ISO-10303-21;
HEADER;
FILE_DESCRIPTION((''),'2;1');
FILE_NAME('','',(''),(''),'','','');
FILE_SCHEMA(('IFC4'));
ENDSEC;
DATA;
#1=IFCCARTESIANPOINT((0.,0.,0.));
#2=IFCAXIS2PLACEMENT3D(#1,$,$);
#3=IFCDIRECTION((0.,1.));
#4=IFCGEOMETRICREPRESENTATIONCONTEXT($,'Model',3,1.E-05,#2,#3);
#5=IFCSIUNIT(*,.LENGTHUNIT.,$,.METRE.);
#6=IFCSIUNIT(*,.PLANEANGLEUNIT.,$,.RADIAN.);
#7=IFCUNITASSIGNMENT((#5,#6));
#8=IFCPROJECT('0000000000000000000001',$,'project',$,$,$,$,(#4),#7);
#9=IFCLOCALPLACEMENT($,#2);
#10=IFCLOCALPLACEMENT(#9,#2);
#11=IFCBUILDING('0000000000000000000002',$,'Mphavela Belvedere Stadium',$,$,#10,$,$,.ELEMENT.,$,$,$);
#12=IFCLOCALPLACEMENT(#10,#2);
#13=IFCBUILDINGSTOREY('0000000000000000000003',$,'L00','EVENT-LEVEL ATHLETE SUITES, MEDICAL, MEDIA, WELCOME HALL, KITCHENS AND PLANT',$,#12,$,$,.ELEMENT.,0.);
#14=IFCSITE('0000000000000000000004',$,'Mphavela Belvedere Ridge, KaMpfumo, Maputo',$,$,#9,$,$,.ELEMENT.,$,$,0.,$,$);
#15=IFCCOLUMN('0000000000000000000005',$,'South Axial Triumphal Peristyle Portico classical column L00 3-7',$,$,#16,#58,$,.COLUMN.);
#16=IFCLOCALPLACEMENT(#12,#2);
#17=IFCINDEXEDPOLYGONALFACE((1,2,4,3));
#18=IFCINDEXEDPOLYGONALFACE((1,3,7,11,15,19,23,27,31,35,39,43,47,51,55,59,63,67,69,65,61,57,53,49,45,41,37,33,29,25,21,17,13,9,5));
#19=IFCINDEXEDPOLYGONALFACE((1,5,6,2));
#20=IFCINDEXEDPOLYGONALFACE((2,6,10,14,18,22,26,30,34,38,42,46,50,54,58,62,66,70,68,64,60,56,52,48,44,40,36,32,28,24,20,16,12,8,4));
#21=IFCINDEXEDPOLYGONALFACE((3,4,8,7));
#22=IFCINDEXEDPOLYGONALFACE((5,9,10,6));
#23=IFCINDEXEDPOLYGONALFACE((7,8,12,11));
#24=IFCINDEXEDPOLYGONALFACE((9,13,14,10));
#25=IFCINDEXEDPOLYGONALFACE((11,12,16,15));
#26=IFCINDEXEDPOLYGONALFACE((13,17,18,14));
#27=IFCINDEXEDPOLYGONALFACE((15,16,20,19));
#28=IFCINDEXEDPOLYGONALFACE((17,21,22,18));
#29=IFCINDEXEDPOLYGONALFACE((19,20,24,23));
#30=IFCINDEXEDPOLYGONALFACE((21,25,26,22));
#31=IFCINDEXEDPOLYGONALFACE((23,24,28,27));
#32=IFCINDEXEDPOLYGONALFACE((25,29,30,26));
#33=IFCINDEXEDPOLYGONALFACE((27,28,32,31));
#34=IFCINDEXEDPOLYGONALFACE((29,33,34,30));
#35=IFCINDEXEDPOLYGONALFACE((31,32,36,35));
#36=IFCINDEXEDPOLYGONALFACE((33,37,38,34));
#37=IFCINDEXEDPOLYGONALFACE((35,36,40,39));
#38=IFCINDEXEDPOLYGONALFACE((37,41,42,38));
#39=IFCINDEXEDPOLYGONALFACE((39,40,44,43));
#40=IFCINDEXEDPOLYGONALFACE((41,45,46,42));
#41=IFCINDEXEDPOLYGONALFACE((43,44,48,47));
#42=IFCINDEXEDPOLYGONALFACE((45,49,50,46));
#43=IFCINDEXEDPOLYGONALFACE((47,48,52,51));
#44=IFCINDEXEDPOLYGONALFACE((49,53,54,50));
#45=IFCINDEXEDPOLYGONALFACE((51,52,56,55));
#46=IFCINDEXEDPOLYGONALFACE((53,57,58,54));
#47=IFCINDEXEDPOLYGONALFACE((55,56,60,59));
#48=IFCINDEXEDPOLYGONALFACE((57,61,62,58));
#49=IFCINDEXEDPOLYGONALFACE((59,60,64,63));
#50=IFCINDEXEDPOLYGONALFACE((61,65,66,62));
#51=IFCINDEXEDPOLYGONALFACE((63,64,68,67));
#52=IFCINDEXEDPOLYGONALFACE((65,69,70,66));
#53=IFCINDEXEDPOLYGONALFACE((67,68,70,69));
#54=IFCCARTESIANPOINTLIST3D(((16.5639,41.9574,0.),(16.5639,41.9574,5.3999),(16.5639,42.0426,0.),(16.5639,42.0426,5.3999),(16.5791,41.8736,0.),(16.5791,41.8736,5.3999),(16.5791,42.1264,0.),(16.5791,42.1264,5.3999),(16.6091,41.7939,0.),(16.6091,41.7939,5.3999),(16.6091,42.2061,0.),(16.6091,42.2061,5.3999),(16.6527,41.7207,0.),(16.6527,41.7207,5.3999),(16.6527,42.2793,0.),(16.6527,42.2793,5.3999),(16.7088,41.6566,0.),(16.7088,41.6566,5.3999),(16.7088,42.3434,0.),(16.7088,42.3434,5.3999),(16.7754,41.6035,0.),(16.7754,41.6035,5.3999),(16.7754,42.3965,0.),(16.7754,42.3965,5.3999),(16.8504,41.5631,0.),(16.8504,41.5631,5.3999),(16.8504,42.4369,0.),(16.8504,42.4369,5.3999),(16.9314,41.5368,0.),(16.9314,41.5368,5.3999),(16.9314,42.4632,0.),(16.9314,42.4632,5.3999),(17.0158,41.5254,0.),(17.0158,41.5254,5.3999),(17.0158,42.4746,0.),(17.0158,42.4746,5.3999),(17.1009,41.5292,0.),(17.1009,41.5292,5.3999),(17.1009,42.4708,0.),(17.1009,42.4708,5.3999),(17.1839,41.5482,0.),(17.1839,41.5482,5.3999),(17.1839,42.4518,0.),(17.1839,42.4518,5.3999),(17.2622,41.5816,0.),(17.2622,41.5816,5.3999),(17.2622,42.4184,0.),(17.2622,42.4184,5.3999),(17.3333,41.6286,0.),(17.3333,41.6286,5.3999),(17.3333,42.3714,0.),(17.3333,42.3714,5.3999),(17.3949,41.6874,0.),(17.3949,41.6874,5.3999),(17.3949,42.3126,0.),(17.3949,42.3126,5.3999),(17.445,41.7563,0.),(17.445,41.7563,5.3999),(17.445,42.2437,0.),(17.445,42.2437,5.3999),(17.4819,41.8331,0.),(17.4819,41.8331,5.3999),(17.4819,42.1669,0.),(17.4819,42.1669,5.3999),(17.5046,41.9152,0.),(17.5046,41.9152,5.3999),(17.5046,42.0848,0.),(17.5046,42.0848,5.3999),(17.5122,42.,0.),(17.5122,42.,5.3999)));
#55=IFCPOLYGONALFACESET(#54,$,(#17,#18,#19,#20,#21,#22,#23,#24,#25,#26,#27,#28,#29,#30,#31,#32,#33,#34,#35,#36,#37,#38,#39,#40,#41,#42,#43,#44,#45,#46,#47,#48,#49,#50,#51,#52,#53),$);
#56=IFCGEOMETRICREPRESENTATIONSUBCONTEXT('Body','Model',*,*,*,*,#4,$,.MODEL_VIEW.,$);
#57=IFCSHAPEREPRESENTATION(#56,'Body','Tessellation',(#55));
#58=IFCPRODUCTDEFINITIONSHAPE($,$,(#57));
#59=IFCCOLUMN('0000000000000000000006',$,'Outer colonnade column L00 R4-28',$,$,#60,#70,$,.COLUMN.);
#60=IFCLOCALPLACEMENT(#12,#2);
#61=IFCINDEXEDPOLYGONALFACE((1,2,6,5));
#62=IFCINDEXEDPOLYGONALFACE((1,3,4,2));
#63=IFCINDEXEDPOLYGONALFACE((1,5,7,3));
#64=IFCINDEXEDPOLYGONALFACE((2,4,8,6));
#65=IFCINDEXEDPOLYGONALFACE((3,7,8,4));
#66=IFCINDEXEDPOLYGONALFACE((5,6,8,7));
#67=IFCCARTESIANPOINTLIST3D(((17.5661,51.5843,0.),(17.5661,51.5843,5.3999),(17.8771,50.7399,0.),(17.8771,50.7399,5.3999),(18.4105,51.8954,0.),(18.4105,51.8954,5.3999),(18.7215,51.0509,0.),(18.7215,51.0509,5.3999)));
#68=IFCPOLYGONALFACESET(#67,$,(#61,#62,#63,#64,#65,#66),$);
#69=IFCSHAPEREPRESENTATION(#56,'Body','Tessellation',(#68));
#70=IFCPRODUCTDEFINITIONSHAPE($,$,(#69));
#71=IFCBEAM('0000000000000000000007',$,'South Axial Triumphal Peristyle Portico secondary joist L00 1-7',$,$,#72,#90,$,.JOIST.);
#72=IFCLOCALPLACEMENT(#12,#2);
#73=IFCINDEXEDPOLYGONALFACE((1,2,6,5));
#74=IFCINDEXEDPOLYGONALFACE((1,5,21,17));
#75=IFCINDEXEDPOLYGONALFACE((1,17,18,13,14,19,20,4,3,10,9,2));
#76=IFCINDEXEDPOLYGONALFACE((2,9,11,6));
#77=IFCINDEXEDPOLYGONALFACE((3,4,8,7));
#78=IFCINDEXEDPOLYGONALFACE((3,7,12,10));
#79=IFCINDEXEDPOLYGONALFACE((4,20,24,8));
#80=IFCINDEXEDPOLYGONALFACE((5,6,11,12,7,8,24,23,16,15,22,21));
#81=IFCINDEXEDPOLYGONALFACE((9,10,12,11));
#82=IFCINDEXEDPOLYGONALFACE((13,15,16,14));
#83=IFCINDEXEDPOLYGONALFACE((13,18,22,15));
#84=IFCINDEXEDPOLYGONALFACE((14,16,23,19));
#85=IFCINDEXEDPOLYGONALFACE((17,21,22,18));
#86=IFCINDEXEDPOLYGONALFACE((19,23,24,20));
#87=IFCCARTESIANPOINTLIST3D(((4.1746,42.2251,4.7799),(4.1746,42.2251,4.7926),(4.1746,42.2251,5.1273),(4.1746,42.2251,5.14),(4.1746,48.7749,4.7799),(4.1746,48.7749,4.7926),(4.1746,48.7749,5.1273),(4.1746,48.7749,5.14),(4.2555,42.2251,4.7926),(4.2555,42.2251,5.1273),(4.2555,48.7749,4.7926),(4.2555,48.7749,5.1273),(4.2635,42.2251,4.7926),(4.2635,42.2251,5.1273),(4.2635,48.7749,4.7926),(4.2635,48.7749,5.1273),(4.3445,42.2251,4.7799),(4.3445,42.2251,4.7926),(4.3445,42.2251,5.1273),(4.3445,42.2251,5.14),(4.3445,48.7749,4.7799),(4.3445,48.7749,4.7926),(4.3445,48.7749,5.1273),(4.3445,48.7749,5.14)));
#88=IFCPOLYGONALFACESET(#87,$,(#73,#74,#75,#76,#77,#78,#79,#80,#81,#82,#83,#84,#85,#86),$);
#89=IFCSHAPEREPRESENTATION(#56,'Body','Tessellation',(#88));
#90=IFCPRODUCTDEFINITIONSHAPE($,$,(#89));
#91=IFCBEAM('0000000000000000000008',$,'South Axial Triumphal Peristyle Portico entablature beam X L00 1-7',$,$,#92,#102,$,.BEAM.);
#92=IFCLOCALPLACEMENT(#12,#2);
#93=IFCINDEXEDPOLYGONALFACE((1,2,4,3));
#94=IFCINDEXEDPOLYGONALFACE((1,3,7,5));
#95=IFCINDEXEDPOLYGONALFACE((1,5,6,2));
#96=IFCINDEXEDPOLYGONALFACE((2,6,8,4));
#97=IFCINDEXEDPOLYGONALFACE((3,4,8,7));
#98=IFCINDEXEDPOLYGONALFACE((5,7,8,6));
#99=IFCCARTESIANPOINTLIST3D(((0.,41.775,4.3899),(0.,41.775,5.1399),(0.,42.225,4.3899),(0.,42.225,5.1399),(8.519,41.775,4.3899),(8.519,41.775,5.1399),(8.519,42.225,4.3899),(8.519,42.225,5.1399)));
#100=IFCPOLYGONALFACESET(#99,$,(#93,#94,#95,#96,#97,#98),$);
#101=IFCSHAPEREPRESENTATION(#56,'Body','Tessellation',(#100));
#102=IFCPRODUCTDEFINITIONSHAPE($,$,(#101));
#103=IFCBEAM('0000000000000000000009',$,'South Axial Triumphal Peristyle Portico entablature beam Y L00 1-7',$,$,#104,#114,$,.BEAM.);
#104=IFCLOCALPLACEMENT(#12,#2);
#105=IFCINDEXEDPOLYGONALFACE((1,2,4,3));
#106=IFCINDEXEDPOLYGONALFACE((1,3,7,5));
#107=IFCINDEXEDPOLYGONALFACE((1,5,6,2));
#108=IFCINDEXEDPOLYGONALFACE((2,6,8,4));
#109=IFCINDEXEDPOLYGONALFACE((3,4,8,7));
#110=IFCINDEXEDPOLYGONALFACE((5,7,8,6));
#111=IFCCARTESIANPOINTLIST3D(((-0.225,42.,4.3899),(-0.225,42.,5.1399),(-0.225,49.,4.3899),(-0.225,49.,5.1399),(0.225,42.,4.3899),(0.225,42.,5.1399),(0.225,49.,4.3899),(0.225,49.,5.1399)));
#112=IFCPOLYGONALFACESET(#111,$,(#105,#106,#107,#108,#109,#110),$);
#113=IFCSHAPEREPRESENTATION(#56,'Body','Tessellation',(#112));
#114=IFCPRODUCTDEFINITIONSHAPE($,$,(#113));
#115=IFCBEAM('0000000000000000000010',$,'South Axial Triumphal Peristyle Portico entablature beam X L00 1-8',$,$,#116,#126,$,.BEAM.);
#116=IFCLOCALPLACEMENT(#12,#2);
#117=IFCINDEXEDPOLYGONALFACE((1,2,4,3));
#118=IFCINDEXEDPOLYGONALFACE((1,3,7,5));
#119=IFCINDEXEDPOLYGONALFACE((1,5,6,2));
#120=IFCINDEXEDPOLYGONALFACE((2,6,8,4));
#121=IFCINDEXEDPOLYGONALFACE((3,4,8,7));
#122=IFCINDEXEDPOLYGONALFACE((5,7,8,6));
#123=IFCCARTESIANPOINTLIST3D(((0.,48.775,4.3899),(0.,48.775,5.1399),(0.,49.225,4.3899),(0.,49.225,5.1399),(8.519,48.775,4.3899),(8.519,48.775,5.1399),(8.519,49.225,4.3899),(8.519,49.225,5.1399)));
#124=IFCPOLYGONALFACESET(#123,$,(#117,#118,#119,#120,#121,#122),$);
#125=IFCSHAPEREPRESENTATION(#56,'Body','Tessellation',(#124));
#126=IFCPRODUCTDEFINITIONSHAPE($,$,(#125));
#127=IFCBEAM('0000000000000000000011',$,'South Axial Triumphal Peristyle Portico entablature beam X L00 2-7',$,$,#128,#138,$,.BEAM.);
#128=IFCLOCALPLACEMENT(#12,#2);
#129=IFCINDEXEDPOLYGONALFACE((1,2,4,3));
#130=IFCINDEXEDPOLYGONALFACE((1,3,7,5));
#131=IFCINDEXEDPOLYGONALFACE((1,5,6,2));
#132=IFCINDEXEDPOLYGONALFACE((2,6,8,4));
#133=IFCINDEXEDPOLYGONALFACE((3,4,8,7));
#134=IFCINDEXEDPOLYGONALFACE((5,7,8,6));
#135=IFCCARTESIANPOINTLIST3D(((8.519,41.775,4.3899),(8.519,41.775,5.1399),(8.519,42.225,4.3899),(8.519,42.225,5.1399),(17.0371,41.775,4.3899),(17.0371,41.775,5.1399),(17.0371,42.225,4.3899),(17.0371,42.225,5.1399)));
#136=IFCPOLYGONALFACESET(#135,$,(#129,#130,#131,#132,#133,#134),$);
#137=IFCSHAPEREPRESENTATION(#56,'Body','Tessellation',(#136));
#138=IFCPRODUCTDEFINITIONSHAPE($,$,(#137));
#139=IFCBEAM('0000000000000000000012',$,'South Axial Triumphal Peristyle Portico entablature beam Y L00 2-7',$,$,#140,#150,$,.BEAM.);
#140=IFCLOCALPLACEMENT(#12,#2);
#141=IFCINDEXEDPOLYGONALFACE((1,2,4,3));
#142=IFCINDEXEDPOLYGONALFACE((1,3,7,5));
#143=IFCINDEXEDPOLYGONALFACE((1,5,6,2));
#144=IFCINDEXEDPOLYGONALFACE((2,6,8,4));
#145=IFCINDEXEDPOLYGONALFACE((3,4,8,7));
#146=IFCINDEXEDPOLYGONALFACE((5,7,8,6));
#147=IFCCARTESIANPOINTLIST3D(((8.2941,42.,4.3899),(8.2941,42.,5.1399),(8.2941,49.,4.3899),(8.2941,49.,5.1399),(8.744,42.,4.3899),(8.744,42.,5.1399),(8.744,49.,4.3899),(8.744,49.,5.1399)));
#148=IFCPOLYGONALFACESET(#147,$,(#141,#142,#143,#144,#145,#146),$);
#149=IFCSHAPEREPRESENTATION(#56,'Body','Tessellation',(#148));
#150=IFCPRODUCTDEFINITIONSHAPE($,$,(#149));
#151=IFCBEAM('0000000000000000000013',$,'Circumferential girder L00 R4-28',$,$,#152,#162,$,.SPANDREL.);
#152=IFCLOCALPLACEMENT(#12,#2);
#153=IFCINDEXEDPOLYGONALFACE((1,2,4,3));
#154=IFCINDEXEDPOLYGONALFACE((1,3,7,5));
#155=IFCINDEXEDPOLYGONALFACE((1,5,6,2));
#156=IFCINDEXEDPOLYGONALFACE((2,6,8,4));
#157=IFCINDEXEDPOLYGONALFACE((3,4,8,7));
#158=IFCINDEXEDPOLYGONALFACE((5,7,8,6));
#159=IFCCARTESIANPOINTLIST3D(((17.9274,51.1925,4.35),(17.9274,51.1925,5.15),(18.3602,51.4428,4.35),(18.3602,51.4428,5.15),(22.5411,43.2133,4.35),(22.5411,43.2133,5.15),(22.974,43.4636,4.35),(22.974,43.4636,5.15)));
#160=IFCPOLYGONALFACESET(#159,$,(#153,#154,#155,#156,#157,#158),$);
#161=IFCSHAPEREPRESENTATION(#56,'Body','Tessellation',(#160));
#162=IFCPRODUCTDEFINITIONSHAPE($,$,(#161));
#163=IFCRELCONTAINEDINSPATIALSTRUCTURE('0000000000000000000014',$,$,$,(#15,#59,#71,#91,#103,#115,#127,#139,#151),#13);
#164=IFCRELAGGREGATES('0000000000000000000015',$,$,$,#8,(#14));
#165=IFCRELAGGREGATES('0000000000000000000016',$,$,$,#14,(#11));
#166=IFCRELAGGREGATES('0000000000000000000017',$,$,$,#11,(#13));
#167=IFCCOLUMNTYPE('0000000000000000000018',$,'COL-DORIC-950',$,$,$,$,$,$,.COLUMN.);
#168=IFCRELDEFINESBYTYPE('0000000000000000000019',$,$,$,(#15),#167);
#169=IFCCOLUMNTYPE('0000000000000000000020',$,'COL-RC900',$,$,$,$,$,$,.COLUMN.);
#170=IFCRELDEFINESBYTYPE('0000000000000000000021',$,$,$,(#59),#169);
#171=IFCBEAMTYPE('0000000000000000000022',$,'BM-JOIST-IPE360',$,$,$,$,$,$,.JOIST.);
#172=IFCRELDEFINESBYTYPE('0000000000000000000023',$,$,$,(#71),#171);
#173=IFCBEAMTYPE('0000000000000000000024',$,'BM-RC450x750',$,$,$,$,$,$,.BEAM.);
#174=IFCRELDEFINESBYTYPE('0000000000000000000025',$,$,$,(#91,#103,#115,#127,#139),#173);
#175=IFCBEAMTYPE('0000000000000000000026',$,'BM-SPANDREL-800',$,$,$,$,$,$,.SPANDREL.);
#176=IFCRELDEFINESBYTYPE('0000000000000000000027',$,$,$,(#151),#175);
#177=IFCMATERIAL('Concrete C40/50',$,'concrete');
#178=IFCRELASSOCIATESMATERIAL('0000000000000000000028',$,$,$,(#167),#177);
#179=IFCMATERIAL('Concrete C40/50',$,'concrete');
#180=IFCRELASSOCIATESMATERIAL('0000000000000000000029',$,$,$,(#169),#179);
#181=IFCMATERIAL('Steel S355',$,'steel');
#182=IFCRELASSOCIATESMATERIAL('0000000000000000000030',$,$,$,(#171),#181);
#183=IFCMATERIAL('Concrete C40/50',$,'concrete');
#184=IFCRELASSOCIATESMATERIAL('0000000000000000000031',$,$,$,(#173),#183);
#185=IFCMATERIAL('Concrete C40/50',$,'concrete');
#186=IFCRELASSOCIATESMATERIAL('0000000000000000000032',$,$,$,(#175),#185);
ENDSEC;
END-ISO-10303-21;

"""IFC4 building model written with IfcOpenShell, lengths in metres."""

from ifc_helpers import new_model, si_unit, direction, frame, origin, origin_2d, place, context, subcontext, project, spatial, rectangle, circle, i_section, extrude, material, material_profile, profile_set, type_object, element, save


model = new_model("IFC4")

# Units and contexts
model_context = context("Model", 3, precision=1e-05, world=origin(), true_north=direction((0.0, 1.0)))
body_context = subcontext(model_context, "Body", "Model", "MODEL_VIEW")
ifc_project = project(units=[si_unit("LENGTHUNIT", "METRE"), si_unit("PLANEANGLEUNIT", "RADIAN")], contexts=[model_context])

# Site, building, storey
site_placement = place(None, origin())
site = spatial("IfcSite", under=ifc_project, at=site_placement, Name="Mphavela Belvedere Ridge, KaMpfumo, Maputo", CompositionType="ELEMENT", RefElevation=0.0)
building_placement = place(site_placement, origin())
building = spatial("IfcBuilding", under=site, at=building_placement, Name="Mphavela Belvedere Stadium", CompositionType="ELEMENT")
storey_placement = place(building_placement, origin())
storey = spatial("IfcBuildingStorey", under=building, at=storey_placement, Name="L00", Description="EVENT-LEVEL ATHLETE SUITES, MEDICAL, MEDIA, WELCOME HALL, KITCHENS AND PLANT", CompositionType="ELEMENT", Elevation=0.0)

# Columns
ifc_material_1 = material(Name="Concrete C40/50", Category="concrete")
ifc_material_profile_1 = material_profile(ifc_material_1, circle(Radius=0.4751, at=origin_2d()), Name="COL D950")
ifc_profile_set_1 = profile_set([ifc_material_profile_1], Name="Concrete C40/50")
column_type_1 = type_object("IfcColumnType", Name="COL-DORIC-950", PredefinedType="COLUMN", material=ifc_profile_set_1)
for number, where, z_axis, x_axis, name in (
    (1, (17.0371, 42.0, 0.0), (0.0, 0.0, 1.0), (1.0, 0.0, 0.0), "South Axial Triumphal Peristyle Portico classical column L00 3-7"),
):
    element("IfcColumn", number, at=place(storey_placement, frame(where, z_axis=z_axis, x_axis=x_axis)), inside=storey, type_object=column_type_1, Name=name, PredefinedType="COLUMN", context=body_context, shape_type="SweptSolid", body=[
        extrude(circle(Radius=0.4751, at=origin_2d()), origin(), (0.0, 0.0, 1.0), 5.3999),
    ])
ifc_material_2 = material(Name="Concrete C40/50", Category="concrete")
ifc_material_profile_2 = material_profile(ifc_material_2, rectangle(XDim=0.8999, YDim=0.8999, at=origin_2d()), Name="RC 900x900")
ifc_profile_set_2 = profile_set([ifc_material_profile_2], Name="Concrete C40/50")
column_type_2 = type_object("IfcColumnType", Name="COL-RC900", PredefinedType="COLUMN", material=ifc_profile_set_2)
column_placement = place(storey_placement, frame((18.1438, 51.3176, 0.0), z_axis=(0.0, 0.0, 1.0), x_axis=(-0.938372, -0.345626, 0.0)))
element("IfcColumn", 2, at=column_placement, inside=storey, type_object=column_type_2, Name="Outer colonnade column L00 R4-28", PredefinedType="COLUMN", context=body_context, shape_type="SweptSolid", body=[
    extrude(rectangle(XDim=0.8999, YDim=0.8999, at=origin_2d()), origin(), (0.0, 0.0, 1.0), 5.3999),
])

# Beams
ifc_material_3 = material(Name="Steel S355", Category="steel")
ifc_material_profile_3 = material_profile(ifc_material_3, i_section(OverallWidth=0.1699, OverallDepth=0.3601, WebThickness=0.0081, FlangeThickness=0.0127, at=origin_2d()), Name="IPE 360")
ifc_profile_set_3 = profile_set([ifc_material_profile_3], Name="Steel S355")
beam_type_1 = type_object("IfcBeamType", Name="BM-JOIST-IPE360", PredefinedType="JOIST", material=ifc_profile_set_3)
beam_1_placement = place(storey_placement, frame((4.2595, 42.2251, 4.96), z_axis=(0.0, 1.0, 0.0), x_axis=(-1.0, 0.0, 0.0)))
element("IfcBeam", 3, at=beam_1_placement, inside=storey, type_object=beam_type_1, Name="South Axial Triumphal Peristyle Portico secondary joist L00 1-7", PredefinedType="JOIST", context=body_context, shape_type="SweptSolid", body=[
    extrude(i_section(OverallWidth=0.1699, OverallDepth=0.3601, WebThickness=0.0081, FlangeThickness=0.0127, at=origin_2d()), origin(), (0.0, 0.0, 1.0), 6.5498),
])
ifc_material_4 = material(Name="Concrete C40/50", Category="concrete")
ifc_material_profile_4 = material_profile(ifc_material_4, rectangle(XDim=0.45, YDim=0.75, at=origin_2d()), Name="RC 450x750")
ifc_profile_set_4 = profile_set([ifc_material_profile_4], Name="Concrete C40/50")
beam_type_2 = type_object("IfcBeamType", Name="BM-RC450x750", PredefinedType="BEAM", material=ifc_profile_set_4)
beam_2_placement = place(storey_placement, frame((0.0, 42.0, 4.7649), z_axis=(1.0, 0.0, 0.0), x_axis=(0.0, 1.0, 0.0)))
element("IfcBeam", 4, at=beam_2_placement, inside=storey, type_object=beam_type_2, Name="South Axial Triumphal Peristyle Portico entablature beam X L00 1-7", PredefinedType="BEAM", context=body_context, shape_type="SweptSolid", body=[
    extrude(rectangle(XDim=0.45, YDim=0.75, at=origin_2d()), origin(), (0.0, 0.0, 1.0), 8.519),
])
beam_3_placement = place(storey_placement, frame((0.0, 42.0, 4.7649), z_axis=(0.0, 1.0, 0.0), x_axis=(-1.0, 0.0, 0.0)))
element("IfcBeam", 5, at=beam_3_placement, inside=storey, type_object=beam_type_2, Name="South Axial Triumphal Peristyle Portico entablature beam Y L00 1-7", PredefinedType="BEAM", context=body_context, shape_type="SweptSolid", body=[
    extrude(rectangle(XDim=0.45, YDim=0.75, at=origin_2d()), origin(), (0.0, 0.0, 1.0), 7.0),
])
beam_4_placement = place(storey_placement, frame((0.0, 49.0, 4.7649), z_axis=(1.0, 0.0, 0.0), x_axis=(0.0, 1.0, 0.0)))
element("IfcBeam", 6, at=beam_4_placement, inside=storey, type_object=beam_type_2, Name="South Axial Triumphal Peristyle Portico entablature beam X L00 1-8", PredefinedType="BEAM", context=body_context, shape_type="SweptSolid", body=[
    extrude(rectangle(XDim=0.45, YDim=0.75, at=origin_2d()), origin(), (0.0, 0.0, 1.0), 8.519),
])
beam_5_placement = place(storey_placement, frame((8.519, 42.0, 4.7649), z_axis=(1.0, 0.0, 0.0), x_axis=(0.0, 1.0, 0.0)))
element("IfcBeam", 7, at=beam_5_placement, inside=storey, type_object=beam_type_2, Name="South Axial Triumphal Peristyle Portico entablature beam X L00 2-7", PredefinedType="BEAM", context=body_context, shape_type="SweptSolid", body=[
    extrude(rectangle(XDim=0.45, YDim=0.75, at=origin_2d()), origin(), (0.0, 0.0, 1.0), 8.5181),
])
beam_6_placement = place(storey_placement, frame((8.519, 42.0, 4.7649), z_axis=(0.0, 1.0, 0.0), x_axis=(-1.0, 0.0, 0.0)))
element("IfcBeam", 8, at=beam_6_placement, inside=storey, type_object=beam_type_2, Name="South Axial Triumphal Peristyle Portico entablature beam Y L00 2-7", PredefinedType="BEAM", context=body_context, shape_type="SweptSolid", body=[
    extrude(rectangle(XDim=0.45, YDim=0.75, at=origin_2d()), origin(), (0.0, 0.0, 1.0), 7.0),
])
ifc_material_5 = material(Name="Concrete C40/50", Category="concrete")
ifc_material_profile_5 = material_profile(ifc_material_5, rectangle(XDim=0.5, YDim=0.8, at=origin_2d()), Name="RC 500x800")
ifc_profile_set_5 = profile_set([ifc_material_profile_5], Name="Concrete C40/50")
beam_type_3 = type_object("IfcBeamType", Name="BM-SPANDREL-800", PredefinedType="SPANDREL", material=ifc_profile_set_5)
beam_7_placement = place(storey_placement, frame((18.1438, 51.3176, 4.75), z_axis=(0.500565, -0.865699, 0.0), x_axis=(0.865699, 0.500565, 0.0)))
element("IfcBeam", 9, at=beam_7_placement, inside=storey, type_object=beam_type_3, Name="Circumferential girder L00 R4-28", PredefinedType="SPANDREL", context=body_context, shape_type="SweptSolid", body=[
    extrude(rectangle(XDim=0.5, YDim=0.8, at=origin_2d()), origin(), (0.0, 0.0, 1.0), 9.217),
])

save(model, "model.ifc")
